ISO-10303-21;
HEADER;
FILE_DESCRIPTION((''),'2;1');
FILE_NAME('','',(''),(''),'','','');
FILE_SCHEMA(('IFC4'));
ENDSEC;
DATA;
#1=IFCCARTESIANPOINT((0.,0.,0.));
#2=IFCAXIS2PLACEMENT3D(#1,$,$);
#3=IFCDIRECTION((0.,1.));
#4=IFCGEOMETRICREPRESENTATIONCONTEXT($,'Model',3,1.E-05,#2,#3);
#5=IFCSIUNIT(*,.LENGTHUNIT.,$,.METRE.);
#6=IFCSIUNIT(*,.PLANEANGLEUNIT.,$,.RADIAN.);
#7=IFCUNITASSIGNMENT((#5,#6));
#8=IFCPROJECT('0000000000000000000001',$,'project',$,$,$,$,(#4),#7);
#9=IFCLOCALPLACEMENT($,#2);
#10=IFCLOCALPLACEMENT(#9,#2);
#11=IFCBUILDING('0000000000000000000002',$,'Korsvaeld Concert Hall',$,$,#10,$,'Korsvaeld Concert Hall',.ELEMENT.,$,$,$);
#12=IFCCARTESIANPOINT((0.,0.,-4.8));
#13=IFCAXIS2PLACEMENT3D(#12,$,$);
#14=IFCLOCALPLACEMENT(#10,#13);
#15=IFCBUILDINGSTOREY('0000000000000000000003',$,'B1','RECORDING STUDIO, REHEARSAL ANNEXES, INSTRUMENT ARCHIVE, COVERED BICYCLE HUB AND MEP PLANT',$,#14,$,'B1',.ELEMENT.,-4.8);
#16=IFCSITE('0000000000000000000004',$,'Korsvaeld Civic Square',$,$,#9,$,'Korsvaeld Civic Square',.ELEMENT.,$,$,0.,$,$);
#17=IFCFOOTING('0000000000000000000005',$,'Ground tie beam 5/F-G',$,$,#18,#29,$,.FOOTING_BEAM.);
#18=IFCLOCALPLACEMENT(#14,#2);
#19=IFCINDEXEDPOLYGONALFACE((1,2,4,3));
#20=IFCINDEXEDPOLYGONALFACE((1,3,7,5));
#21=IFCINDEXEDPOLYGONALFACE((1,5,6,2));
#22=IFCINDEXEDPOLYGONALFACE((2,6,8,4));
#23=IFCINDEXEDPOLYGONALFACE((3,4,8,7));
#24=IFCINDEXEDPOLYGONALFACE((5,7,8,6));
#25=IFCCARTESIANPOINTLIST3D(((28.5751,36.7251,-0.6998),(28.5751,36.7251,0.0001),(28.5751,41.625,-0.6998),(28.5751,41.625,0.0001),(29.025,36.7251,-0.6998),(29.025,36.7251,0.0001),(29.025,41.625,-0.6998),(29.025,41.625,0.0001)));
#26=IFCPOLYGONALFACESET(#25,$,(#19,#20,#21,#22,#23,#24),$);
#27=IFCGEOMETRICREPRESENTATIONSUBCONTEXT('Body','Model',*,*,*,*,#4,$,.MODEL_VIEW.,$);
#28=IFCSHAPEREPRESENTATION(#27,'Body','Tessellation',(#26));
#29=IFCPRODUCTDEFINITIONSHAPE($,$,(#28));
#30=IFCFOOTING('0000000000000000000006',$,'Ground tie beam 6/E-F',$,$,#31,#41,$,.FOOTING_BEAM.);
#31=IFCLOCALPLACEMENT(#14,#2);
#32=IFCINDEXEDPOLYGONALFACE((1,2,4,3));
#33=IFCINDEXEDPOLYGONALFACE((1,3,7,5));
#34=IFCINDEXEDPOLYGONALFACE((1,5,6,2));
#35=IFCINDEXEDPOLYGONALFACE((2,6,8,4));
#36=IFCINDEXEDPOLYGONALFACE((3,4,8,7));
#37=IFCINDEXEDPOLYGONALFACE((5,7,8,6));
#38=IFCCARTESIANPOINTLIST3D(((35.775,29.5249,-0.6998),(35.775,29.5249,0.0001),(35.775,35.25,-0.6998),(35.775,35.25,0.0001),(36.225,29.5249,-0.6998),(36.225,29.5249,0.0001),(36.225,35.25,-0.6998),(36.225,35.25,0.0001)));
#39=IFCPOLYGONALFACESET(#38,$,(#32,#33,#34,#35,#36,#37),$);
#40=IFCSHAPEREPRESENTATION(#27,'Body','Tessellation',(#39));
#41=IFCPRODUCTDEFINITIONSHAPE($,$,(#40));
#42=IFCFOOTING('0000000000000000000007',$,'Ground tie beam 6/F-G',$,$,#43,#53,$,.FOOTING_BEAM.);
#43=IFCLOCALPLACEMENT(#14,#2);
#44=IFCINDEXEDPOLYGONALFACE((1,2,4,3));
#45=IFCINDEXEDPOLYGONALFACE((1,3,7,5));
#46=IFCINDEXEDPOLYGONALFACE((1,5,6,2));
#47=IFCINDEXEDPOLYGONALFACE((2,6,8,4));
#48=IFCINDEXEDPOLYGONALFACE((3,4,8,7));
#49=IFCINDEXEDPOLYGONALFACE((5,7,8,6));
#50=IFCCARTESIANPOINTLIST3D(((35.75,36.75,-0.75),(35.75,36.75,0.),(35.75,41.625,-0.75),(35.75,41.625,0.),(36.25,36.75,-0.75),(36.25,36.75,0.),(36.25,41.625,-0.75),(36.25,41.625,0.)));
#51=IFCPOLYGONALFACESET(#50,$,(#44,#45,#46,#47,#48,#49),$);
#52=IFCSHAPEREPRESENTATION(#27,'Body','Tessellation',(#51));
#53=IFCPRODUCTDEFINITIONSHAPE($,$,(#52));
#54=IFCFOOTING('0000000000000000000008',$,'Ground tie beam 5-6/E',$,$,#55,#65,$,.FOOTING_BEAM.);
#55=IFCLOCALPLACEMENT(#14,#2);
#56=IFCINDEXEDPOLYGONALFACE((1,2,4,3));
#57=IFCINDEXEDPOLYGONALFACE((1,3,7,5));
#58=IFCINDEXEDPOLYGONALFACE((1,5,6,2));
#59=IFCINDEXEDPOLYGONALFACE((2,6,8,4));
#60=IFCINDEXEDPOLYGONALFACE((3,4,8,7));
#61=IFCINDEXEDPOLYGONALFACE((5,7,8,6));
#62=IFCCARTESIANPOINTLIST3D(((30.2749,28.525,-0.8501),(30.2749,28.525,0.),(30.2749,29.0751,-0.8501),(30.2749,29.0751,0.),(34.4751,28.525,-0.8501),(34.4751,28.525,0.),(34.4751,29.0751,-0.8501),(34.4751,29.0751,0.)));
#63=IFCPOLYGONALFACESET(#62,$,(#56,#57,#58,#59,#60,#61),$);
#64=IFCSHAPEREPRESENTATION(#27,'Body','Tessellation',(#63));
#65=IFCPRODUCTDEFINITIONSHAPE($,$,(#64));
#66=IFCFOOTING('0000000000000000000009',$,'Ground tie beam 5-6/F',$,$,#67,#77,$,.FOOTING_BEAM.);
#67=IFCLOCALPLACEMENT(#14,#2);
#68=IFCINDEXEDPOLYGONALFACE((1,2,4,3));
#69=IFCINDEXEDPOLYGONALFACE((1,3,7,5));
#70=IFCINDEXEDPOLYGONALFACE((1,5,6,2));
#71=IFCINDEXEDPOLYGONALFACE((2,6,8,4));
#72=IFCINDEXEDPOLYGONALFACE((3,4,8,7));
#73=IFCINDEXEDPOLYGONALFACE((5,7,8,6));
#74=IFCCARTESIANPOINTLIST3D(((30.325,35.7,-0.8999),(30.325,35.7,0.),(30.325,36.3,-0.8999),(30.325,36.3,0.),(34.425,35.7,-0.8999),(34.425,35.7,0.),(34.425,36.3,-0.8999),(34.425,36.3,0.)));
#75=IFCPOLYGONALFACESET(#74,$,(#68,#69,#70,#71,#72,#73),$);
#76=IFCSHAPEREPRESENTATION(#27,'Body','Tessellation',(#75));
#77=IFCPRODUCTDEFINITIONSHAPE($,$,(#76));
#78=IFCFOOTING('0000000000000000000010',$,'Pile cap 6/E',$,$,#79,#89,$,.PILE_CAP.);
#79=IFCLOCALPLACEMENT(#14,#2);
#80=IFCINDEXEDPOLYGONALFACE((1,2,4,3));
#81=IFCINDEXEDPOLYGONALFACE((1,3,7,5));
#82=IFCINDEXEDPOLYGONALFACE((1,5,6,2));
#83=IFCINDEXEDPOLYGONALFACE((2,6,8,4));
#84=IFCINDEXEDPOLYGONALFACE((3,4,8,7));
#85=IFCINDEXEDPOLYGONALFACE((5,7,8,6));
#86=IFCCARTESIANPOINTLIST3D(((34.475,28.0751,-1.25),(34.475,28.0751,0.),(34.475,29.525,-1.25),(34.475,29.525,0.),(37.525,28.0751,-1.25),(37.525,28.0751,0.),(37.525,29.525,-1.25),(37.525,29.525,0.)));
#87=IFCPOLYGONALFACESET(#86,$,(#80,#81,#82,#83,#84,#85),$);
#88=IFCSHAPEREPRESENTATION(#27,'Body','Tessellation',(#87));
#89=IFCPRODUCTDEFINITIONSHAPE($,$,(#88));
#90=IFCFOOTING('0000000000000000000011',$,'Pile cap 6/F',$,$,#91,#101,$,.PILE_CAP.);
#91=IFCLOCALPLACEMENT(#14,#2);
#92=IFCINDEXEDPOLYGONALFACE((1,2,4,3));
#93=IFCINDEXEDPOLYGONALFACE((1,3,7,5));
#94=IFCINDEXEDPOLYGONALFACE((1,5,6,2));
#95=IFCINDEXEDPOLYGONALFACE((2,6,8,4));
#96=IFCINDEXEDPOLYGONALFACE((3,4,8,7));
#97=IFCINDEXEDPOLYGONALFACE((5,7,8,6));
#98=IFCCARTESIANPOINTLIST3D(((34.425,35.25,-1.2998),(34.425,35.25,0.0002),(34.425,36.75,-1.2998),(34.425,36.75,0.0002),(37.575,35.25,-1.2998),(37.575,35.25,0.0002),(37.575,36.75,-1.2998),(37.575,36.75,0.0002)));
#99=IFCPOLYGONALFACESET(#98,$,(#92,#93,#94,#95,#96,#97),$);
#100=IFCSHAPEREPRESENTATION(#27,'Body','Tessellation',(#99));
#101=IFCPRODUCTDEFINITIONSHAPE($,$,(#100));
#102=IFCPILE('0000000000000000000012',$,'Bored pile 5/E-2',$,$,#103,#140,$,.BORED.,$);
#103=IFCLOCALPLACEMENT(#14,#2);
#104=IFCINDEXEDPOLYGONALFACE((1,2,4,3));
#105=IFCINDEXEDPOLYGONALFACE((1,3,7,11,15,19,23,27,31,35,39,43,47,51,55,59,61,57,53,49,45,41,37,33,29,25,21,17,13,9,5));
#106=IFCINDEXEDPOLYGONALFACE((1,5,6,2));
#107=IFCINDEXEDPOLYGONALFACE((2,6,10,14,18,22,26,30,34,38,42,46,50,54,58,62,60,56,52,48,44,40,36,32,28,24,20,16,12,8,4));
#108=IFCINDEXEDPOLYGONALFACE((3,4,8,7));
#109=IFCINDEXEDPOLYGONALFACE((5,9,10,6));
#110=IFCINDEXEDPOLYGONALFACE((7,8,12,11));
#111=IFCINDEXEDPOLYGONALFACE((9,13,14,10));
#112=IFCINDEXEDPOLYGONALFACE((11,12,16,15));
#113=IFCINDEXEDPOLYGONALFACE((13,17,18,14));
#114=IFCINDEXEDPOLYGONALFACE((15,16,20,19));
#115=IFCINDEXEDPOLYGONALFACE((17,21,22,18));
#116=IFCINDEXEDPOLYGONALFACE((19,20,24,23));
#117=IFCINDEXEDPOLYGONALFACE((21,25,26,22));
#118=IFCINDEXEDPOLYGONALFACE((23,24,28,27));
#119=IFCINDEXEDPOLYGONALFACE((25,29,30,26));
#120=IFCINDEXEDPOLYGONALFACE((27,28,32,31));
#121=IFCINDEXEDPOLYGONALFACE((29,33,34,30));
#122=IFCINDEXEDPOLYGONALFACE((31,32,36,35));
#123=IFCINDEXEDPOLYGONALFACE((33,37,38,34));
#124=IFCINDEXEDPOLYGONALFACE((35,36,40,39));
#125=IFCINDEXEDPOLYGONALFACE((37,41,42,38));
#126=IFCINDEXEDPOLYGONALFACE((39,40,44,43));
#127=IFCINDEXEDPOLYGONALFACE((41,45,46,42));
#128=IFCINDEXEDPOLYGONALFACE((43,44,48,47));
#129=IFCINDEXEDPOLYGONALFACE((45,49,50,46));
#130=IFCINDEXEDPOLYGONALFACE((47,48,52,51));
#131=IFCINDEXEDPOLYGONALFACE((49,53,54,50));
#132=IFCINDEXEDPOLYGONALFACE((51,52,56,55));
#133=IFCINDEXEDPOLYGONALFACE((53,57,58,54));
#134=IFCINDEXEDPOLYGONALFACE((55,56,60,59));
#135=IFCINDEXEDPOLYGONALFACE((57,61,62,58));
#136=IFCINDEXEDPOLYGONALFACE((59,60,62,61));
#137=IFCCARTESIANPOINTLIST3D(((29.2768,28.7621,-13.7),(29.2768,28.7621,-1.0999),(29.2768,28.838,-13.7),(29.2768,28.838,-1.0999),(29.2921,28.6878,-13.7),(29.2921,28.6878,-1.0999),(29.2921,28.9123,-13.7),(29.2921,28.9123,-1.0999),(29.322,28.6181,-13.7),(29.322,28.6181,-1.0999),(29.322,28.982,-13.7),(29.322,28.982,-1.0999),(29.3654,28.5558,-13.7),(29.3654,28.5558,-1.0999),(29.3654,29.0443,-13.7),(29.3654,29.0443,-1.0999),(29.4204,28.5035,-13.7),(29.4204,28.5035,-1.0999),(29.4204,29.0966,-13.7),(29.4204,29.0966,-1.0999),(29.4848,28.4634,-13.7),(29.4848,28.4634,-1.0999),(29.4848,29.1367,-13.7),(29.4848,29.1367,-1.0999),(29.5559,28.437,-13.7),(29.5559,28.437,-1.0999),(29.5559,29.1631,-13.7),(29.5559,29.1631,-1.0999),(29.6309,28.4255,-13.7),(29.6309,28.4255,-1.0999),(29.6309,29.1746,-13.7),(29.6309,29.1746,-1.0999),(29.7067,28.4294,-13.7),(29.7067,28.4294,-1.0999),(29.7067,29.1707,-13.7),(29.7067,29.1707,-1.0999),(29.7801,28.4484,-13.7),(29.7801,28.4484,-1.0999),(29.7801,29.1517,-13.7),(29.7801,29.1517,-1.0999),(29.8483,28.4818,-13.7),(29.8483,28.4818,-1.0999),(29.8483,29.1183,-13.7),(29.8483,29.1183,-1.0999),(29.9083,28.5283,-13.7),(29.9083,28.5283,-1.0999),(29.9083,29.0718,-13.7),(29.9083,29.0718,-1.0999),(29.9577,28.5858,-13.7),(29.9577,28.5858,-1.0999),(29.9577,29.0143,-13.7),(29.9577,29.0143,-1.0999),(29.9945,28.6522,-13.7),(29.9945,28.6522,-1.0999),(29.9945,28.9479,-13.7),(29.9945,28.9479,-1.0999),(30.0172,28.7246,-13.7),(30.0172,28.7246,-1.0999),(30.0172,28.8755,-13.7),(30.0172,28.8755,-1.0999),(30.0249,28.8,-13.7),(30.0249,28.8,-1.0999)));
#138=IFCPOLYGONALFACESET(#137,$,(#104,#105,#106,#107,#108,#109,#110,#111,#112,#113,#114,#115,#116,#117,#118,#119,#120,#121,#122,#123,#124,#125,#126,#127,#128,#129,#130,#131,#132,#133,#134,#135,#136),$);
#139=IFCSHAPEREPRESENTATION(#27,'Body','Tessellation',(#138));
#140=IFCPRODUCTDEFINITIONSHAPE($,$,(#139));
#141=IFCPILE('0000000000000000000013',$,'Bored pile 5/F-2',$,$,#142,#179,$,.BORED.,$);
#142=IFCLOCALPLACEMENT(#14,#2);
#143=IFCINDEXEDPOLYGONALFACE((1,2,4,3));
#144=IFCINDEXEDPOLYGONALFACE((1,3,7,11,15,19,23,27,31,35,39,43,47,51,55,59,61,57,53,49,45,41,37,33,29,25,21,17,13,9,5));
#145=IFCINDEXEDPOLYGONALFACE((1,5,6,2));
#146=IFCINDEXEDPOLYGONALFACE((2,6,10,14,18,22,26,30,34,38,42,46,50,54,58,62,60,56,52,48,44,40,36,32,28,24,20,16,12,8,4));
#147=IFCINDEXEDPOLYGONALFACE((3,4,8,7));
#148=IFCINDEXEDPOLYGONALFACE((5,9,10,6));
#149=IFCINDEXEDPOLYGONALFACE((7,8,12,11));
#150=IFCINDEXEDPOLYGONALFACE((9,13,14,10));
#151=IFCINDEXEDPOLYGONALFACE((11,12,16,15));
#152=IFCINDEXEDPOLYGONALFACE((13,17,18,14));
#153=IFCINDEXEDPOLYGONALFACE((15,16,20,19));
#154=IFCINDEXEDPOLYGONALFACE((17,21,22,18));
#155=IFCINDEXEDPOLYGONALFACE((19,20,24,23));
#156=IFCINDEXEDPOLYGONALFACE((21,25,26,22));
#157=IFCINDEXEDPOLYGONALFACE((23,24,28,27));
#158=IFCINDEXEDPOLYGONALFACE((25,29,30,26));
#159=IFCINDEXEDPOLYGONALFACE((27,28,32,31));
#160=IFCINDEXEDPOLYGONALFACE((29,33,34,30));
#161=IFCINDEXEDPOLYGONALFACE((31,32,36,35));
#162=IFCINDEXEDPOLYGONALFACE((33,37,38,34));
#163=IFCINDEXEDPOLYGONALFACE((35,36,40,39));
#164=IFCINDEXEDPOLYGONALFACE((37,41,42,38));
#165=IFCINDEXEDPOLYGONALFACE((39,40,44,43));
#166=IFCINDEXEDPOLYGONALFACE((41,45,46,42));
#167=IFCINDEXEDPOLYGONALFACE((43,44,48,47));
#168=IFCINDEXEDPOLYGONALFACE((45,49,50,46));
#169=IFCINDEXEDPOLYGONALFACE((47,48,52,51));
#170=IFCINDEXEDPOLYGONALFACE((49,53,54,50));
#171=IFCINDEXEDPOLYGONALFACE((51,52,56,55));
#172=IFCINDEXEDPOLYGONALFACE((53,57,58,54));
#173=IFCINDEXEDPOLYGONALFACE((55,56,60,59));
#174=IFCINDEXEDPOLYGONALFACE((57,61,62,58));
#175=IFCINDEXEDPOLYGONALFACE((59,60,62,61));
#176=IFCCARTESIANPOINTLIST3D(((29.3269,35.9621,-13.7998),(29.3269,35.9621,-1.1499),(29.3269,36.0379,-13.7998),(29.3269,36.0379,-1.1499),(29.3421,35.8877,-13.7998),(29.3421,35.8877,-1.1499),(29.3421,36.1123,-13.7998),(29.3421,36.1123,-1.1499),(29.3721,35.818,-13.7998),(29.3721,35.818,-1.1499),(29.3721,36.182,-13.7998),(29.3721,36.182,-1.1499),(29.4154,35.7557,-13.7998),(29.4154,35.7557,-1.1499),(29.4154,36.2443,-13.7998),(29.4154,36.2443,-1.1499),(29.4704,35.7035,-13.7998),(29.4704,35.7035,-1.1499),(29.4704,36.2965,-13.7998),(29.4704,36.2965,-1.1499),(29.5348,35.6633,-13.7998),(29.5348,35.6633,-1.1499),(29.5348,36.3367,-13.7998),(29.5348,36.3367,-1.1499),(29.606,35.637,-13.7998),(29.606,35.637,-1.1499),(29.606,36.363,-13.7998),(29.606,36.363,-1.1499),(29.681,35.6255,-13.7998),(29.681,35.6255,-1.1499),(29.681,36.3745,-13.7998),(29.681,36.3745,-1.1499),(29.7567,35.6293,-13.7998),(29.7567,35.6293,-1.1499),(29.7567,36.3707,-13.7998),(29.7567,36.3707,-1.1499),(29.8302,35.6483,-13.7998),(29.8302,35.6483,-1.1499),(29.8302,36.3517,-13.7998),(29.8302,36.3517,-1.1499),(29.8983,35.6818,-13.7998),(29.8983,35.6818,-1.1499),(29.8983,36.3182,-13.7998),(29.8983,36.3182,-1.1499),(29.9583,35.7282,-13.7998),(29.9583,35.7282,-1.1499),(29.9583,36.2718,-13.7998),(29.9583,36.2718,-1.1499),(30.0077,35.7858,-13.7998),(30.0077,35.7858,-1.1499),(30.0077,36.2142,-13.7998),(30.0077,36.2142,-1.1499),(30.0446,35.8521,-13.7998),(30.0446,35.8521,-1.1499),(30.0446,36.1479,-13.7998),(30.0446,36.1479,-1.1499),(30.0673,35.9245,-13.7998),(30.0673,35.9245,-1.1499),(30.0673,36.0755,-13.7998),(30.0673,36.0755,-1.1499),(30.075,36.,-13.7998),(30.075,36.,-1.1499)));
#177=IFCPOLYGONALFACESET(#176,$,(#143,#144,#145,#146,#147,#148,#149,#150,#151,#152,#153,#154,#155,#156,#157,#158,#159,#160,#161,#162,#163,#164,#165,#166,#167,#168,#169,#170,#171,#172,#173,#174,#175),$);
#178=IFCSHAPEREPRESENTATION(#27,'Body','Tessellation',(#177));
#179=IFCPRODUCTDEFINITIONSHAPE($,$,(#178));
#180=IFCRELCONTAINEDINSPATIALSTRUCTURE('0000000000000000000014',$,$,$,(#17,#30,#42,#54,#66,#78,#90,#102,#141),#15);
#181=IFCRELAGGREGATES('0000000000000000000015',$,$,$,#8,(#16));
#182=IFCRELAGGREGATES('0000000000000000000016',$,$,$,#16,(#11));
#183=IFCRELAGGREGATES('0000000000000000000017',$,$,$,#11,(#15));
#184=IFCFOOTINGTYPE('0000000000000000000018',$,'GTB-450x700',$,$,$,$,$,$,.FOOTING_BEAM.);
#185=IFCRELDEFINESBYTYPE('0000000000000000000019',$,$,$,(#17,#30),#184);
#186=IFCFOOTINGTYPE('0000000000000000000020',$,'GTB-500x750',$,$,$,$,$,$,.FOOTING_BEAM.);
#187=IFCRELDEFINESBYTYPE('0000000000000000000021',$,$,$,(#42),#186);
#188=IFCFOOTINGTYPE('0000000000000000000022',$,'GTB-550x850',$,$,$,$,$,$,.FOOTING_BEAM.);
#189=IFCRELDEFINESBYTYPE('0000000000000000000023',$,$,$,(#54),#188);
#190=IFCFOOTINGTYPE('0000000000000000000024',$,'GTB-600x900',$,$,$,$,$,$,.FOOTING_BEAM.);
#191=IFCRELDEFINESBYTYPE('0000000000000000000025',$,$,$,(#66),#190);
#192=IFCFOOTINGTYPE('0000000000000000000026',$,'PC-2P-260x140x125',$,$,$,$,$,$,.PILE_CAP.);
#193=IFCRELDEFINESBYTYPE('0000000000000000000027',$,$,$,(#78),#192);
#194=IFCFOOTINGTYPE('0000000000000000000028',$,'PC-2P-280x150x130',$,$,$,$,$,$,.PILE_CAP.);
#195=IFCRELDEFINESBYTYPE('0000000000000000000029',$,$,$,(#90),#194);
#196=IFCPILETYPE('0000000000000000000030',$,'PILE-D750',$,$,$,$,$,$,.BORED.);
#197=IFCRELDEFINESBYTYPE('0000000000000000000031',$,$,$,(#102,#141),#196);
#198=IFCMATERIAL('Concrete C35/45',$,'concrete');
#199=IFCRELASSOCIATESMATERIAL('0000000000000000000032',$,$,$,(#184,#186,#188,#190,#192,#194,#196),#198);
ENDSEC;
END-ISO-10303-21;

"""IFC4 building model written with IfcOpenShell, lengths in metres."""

from ifc_helpers import new_model, si_unit, direction, frame, origin, origin_2d, place, context, subcontext, project, spatial, rectangle, circle, extrude, material, material_profile, profile_set, type_object, element, save


model = new_model("IFC4")

# Units and contexts
model_context = context("Model", 3, precision=1e-05, world=origin(), true_north=direction((0.0, 1.0)))
body_context = subcontext(model_context, "Body", "Model", "MODEL_VIEW")
ifc_project = project(units=[si_unit("LENGTHUNIT", "METRE"), si_unit("PLANEANGLEUNIT", "RADIAN")], contexts=[model_context])

# Site, building, storey
site_placement = place(None, origin())
site = spatial("IfcSite", under=ifc_project, at=site_placement, Name="Korsvaeld Civic Square", LongName="Korsvaeld Civic Square", CompositionType="ELEMENT", RefElevation=0.0)
building_placement = place(site_placement, origin())
building = spatial("IfcBuilding", under=site, at=building_placement, Name="Korsvaeld Concert Hall", LongName="Korsvaeld Concert Hall", CompositionType="ELEMENT")
storey_placement = place(building_placement, frame((0.0, 0.0, -4.8)))
storey = spatial("IfcBuildingStorey", under=building, at=storey_placement, Name="B1", Description="RECORDING STUDIO, REHEARSAL ANNEXES, INSTRUMENT ARCHIVE, COVERED BICYCLE HUB AND MEP PLANT", LongName="B1", CompositionType="ELEMENT", Elevation=-4.8)

# Footings
ifc_material_1 = material(Name="Concrete C35/45", Category="concrete")
ifc_material_profile_1 = material_profile(ifc_material_1, rectangle(XDim=0.45, YDim=0.7, at=origin_2d()), Name="GTB 450x700")
ifc_profile_set_1 = profile_set([ifc_material_profile_1], Name="Concrete C35/45")
footing_type_1 = type_object("IfcFootingType", Name="GTB-450x700", PredefinedType="FOOTING_BEAM", material=ifc_profile_set_1)
footing_1_placement = place(storey_placement, frame((28.8, 36.7251, -0.3499), z_axis=(0.0, 1.0, 0.0), x_axis=(-1.0, 0.0, 0.0)))
element("IfcFooting", 1, at=footing_1_placement, inside=storey, type_object=footing_type_1, Name="Ground tie beam 5/F-G", PredefinedType="FOOTING_BEAM", context=body_context, shape_type="SweptSolid", body=[
    extrude(rectangle(XDim=0.45, YDim=0.7, at=origin_2d()), origin(), (0.0, 0.0, 1.0), 4.8999),
])
footing_2_placement = place(storey_placement, frame((36.0, 29.5249, -0.3499), z_axis=(0.0, 1.0, 0.0), x_axis=(-1.0, 0.0, 0.0)))
element("IfcFooting", 2, at=footing_2_placement, inside=storey, type_object=footing_type_1, Name="Ground tie beam 6/E-F", PredefinedType="FOOTING_BEAM", context=body_context, shape_type="SweptSolid", body=[
    extrude(rectangle(XDim=0.45, YDim=0.7, at=origin_2d()), origin(), (0.0, 0.0, 1.0), 5.7251),
])
ifc_material_profile_2 = material_profile(ifc_material_1, rectangle(XDim=0.5, YDim=0.75, at=origin_2d()), Name="GTB 500x750")
ifc_profile_set_2 = profile_set([ifc_material_profile_2], Name="Concrete C35/45")
footing_type_2 = type_object("IfcFootingType", Name="GTB-500x750", PredefinedType="FOOTING_BEAM", material=ifc_profile_set_2)
footing_3_placement = place(storey_placement, frame((36.0, 36.75, -0.375), z_axis=(0.0, 1.0, 0.0), x_axis=(-1.0, 0.0, 0.0)))
element("IfcFooting", 3, at=footing_3_placement, inside=storey, type_object=footing_type_2, Name="Ground tie beam 6/F-G", PredefinedType="FOOTING_BEAM", context=body_context, shape_type="SweptSolid", body=[
    extrude(rectangle(XDim=0.5, YDim=0.75, at=origin_2d()), origin(), (0.0, 0.0, 1.0), 4.875),
])
ifc_material_profile_3 = material_profile(ifc_material_1, rectangle(XDim=0.55, YDim=0.8501, at=origin_2d()), Name="GTB 550x850")
ifc_profile_set_3 = profile_set([ifc_material_profile_3], Name="Concrete C35/45")
footing_type_3 = type_object("IfcFootingType", Name="GTB-550x850", PredefinedType="FOOTING_BEAM", material=ifc_profile_set_3)
footing_4_placement = place(storey_placement, frame((30.2749, 28.8, -0.425), z_axis=(1.0, 0.0, 0.0), x_axis=(0.0, 1.0, 0.0)))
element("IfcFooting", 4, at=footing_4_placement, inside=storey, type_object=footing_type_3, Name="Ground tie beam 5-6/E", PredefinedType="FOOTING_BEAM", context=body_context, shape_type="SweptSolid", body=[
    extrude(rectangle(XDim=0.55, YDim=0.8501, at=origin_2d()), origin(), (0.0, 0.0, 1.0), 4.2002),
])
ifc_material_profile_4 = material_profile(ifc_material_1, rectangle(XDim=0.6001, YDim=0.8999, at=origin_2d()), Name="GTB 600x900")
ifc_profile_set_4 = profile_set([ifc_material_profile_4], Name="Concrete C35/45")
footing_type_4 = type_object("IfcFootingType", Name="GTB-600x900", PredefinedType="FOOTING_BEAM", material=ifc_profile_set_4)
footing_5_placement = place(storey_placement, frame((30.325, 36.0, -0.45), z_axis=(1.0, 0.0, 0.0), x_axis=(0.0, 1.0, 0.0)))
element("IfcFooting", 5, at=footing_5_placement, inside=storey, type_object=footing_type_4, Name="Ground tie beam 5-6/F", PredefinedType="FOOTING_BEAM", context=body_context, shape_type="SweptSolid", body=[
    extrude(rectangle(XDim=0.6001, YDim=0.8999, at=origin_2d()), origin(), (0.0, 0.0, 1.0), 4.1001),
])
footing_type_5 = type_object("IfcFootingType", Name="PC-2P-260x140x125", PredefinedType="PILE_CAP", material=ifc_material_1)
footing_6_placement = place(storey_placement, frame((36.0, 28.8, -1.25), z_axis=(0.0, 0.0, 1.0), x_axis=(1.0, 0.0, 0.0)))
element("IfcFooting", 6, at=footing_6_placement, inside=storey, type_object=footing_type_5, Name="Pile cap 6/E", PredefinedType="PILE_CAP", context=body_context, shape_type="SweptSolid", body=[
    extrude(rectangle(XDim=3.05, YDim=1.45, at=origin_2d()), origin(), (0.0, 0.0, 1.0), 1.25),
])
footing_type_6 = type_object("IfcFootingType", Name="PC-2P-280x150x130", PredefinedType="PILE_CAP", material=ifc_material_1)
footing_7_placement = place(storey_placement, frame((36.0, 36.0, -1.2998), z_axis=(0.0, 0.0, 1.0), x_axis=(1.0, 0.0, 0.0)))
element("IfcFooting", 7, at=footing_7_placement, inside=storey, type_object=footing_type_6, Name="Pile cap 6/F", PredefinedType="PILE_CAP", context=body_context, shape_type="SweptSolid", body=[
    extrude(rectangle(XDim=3.1499, YDim=1.5, at=origin_2d()), origin(), (0.0, 0.0, 1.0), 1.3),
])

# Piles
ifc_material_profile_5 = material_profile(ifc_material_1, circle(Radius=0.375, at=origin_2d()), Name="BORED PILE D750")
ifc_profile_set_5 = profile_set([ifc_material_profile_5], Name="Concrete C35/45")
pile_type_1 = type_object("IfcPileType", Name="PILE-D750", PredefinedType="BORED", material=ifc_profile_set_5)
pile_1_placement = place(storey_placement, frame((29.6499, 28.8, -1.0999), z_axis=(0.0, 0.0, -1.0), x_axis=(1.0, 0.0, 0.0)))
element("IfcPile", 8, at=pile_1_placement, inside=storey, type_object=pile_type_1, Name="Bored pile 5/E-2", PredefinedType="BORED", context=body_context, shape_type="SweptSolid", body=[
    extrude(circle(Radius=0.375, at=origin_2d()), origin(), (0.0, 0.0, 1.0), 12.6001),
])
for number, where, z_axis, x_axis, name in (
    (9, (29.7, 36.0, -1.1499), (0.0, 0.0, -1.0), (1.0, 0.0, 0.0), "Bored pile 5/F-2"),
):
    element("IfcPile", number, at=place(storey_placement, frame(where, z_axis=z_axis, x_axis=x_axis)), inside=storey, type_object=pile_type_1, Name=name, PredefinedType="BORED", context=body_context, shape_type="SweptSolid", body=[
        extrude(circle(Radius=0.375, at=origin_2d()), origin(), (0.0, 0.0, 1.0), 12.6499),
    ])

save(model, "model.ifc")
